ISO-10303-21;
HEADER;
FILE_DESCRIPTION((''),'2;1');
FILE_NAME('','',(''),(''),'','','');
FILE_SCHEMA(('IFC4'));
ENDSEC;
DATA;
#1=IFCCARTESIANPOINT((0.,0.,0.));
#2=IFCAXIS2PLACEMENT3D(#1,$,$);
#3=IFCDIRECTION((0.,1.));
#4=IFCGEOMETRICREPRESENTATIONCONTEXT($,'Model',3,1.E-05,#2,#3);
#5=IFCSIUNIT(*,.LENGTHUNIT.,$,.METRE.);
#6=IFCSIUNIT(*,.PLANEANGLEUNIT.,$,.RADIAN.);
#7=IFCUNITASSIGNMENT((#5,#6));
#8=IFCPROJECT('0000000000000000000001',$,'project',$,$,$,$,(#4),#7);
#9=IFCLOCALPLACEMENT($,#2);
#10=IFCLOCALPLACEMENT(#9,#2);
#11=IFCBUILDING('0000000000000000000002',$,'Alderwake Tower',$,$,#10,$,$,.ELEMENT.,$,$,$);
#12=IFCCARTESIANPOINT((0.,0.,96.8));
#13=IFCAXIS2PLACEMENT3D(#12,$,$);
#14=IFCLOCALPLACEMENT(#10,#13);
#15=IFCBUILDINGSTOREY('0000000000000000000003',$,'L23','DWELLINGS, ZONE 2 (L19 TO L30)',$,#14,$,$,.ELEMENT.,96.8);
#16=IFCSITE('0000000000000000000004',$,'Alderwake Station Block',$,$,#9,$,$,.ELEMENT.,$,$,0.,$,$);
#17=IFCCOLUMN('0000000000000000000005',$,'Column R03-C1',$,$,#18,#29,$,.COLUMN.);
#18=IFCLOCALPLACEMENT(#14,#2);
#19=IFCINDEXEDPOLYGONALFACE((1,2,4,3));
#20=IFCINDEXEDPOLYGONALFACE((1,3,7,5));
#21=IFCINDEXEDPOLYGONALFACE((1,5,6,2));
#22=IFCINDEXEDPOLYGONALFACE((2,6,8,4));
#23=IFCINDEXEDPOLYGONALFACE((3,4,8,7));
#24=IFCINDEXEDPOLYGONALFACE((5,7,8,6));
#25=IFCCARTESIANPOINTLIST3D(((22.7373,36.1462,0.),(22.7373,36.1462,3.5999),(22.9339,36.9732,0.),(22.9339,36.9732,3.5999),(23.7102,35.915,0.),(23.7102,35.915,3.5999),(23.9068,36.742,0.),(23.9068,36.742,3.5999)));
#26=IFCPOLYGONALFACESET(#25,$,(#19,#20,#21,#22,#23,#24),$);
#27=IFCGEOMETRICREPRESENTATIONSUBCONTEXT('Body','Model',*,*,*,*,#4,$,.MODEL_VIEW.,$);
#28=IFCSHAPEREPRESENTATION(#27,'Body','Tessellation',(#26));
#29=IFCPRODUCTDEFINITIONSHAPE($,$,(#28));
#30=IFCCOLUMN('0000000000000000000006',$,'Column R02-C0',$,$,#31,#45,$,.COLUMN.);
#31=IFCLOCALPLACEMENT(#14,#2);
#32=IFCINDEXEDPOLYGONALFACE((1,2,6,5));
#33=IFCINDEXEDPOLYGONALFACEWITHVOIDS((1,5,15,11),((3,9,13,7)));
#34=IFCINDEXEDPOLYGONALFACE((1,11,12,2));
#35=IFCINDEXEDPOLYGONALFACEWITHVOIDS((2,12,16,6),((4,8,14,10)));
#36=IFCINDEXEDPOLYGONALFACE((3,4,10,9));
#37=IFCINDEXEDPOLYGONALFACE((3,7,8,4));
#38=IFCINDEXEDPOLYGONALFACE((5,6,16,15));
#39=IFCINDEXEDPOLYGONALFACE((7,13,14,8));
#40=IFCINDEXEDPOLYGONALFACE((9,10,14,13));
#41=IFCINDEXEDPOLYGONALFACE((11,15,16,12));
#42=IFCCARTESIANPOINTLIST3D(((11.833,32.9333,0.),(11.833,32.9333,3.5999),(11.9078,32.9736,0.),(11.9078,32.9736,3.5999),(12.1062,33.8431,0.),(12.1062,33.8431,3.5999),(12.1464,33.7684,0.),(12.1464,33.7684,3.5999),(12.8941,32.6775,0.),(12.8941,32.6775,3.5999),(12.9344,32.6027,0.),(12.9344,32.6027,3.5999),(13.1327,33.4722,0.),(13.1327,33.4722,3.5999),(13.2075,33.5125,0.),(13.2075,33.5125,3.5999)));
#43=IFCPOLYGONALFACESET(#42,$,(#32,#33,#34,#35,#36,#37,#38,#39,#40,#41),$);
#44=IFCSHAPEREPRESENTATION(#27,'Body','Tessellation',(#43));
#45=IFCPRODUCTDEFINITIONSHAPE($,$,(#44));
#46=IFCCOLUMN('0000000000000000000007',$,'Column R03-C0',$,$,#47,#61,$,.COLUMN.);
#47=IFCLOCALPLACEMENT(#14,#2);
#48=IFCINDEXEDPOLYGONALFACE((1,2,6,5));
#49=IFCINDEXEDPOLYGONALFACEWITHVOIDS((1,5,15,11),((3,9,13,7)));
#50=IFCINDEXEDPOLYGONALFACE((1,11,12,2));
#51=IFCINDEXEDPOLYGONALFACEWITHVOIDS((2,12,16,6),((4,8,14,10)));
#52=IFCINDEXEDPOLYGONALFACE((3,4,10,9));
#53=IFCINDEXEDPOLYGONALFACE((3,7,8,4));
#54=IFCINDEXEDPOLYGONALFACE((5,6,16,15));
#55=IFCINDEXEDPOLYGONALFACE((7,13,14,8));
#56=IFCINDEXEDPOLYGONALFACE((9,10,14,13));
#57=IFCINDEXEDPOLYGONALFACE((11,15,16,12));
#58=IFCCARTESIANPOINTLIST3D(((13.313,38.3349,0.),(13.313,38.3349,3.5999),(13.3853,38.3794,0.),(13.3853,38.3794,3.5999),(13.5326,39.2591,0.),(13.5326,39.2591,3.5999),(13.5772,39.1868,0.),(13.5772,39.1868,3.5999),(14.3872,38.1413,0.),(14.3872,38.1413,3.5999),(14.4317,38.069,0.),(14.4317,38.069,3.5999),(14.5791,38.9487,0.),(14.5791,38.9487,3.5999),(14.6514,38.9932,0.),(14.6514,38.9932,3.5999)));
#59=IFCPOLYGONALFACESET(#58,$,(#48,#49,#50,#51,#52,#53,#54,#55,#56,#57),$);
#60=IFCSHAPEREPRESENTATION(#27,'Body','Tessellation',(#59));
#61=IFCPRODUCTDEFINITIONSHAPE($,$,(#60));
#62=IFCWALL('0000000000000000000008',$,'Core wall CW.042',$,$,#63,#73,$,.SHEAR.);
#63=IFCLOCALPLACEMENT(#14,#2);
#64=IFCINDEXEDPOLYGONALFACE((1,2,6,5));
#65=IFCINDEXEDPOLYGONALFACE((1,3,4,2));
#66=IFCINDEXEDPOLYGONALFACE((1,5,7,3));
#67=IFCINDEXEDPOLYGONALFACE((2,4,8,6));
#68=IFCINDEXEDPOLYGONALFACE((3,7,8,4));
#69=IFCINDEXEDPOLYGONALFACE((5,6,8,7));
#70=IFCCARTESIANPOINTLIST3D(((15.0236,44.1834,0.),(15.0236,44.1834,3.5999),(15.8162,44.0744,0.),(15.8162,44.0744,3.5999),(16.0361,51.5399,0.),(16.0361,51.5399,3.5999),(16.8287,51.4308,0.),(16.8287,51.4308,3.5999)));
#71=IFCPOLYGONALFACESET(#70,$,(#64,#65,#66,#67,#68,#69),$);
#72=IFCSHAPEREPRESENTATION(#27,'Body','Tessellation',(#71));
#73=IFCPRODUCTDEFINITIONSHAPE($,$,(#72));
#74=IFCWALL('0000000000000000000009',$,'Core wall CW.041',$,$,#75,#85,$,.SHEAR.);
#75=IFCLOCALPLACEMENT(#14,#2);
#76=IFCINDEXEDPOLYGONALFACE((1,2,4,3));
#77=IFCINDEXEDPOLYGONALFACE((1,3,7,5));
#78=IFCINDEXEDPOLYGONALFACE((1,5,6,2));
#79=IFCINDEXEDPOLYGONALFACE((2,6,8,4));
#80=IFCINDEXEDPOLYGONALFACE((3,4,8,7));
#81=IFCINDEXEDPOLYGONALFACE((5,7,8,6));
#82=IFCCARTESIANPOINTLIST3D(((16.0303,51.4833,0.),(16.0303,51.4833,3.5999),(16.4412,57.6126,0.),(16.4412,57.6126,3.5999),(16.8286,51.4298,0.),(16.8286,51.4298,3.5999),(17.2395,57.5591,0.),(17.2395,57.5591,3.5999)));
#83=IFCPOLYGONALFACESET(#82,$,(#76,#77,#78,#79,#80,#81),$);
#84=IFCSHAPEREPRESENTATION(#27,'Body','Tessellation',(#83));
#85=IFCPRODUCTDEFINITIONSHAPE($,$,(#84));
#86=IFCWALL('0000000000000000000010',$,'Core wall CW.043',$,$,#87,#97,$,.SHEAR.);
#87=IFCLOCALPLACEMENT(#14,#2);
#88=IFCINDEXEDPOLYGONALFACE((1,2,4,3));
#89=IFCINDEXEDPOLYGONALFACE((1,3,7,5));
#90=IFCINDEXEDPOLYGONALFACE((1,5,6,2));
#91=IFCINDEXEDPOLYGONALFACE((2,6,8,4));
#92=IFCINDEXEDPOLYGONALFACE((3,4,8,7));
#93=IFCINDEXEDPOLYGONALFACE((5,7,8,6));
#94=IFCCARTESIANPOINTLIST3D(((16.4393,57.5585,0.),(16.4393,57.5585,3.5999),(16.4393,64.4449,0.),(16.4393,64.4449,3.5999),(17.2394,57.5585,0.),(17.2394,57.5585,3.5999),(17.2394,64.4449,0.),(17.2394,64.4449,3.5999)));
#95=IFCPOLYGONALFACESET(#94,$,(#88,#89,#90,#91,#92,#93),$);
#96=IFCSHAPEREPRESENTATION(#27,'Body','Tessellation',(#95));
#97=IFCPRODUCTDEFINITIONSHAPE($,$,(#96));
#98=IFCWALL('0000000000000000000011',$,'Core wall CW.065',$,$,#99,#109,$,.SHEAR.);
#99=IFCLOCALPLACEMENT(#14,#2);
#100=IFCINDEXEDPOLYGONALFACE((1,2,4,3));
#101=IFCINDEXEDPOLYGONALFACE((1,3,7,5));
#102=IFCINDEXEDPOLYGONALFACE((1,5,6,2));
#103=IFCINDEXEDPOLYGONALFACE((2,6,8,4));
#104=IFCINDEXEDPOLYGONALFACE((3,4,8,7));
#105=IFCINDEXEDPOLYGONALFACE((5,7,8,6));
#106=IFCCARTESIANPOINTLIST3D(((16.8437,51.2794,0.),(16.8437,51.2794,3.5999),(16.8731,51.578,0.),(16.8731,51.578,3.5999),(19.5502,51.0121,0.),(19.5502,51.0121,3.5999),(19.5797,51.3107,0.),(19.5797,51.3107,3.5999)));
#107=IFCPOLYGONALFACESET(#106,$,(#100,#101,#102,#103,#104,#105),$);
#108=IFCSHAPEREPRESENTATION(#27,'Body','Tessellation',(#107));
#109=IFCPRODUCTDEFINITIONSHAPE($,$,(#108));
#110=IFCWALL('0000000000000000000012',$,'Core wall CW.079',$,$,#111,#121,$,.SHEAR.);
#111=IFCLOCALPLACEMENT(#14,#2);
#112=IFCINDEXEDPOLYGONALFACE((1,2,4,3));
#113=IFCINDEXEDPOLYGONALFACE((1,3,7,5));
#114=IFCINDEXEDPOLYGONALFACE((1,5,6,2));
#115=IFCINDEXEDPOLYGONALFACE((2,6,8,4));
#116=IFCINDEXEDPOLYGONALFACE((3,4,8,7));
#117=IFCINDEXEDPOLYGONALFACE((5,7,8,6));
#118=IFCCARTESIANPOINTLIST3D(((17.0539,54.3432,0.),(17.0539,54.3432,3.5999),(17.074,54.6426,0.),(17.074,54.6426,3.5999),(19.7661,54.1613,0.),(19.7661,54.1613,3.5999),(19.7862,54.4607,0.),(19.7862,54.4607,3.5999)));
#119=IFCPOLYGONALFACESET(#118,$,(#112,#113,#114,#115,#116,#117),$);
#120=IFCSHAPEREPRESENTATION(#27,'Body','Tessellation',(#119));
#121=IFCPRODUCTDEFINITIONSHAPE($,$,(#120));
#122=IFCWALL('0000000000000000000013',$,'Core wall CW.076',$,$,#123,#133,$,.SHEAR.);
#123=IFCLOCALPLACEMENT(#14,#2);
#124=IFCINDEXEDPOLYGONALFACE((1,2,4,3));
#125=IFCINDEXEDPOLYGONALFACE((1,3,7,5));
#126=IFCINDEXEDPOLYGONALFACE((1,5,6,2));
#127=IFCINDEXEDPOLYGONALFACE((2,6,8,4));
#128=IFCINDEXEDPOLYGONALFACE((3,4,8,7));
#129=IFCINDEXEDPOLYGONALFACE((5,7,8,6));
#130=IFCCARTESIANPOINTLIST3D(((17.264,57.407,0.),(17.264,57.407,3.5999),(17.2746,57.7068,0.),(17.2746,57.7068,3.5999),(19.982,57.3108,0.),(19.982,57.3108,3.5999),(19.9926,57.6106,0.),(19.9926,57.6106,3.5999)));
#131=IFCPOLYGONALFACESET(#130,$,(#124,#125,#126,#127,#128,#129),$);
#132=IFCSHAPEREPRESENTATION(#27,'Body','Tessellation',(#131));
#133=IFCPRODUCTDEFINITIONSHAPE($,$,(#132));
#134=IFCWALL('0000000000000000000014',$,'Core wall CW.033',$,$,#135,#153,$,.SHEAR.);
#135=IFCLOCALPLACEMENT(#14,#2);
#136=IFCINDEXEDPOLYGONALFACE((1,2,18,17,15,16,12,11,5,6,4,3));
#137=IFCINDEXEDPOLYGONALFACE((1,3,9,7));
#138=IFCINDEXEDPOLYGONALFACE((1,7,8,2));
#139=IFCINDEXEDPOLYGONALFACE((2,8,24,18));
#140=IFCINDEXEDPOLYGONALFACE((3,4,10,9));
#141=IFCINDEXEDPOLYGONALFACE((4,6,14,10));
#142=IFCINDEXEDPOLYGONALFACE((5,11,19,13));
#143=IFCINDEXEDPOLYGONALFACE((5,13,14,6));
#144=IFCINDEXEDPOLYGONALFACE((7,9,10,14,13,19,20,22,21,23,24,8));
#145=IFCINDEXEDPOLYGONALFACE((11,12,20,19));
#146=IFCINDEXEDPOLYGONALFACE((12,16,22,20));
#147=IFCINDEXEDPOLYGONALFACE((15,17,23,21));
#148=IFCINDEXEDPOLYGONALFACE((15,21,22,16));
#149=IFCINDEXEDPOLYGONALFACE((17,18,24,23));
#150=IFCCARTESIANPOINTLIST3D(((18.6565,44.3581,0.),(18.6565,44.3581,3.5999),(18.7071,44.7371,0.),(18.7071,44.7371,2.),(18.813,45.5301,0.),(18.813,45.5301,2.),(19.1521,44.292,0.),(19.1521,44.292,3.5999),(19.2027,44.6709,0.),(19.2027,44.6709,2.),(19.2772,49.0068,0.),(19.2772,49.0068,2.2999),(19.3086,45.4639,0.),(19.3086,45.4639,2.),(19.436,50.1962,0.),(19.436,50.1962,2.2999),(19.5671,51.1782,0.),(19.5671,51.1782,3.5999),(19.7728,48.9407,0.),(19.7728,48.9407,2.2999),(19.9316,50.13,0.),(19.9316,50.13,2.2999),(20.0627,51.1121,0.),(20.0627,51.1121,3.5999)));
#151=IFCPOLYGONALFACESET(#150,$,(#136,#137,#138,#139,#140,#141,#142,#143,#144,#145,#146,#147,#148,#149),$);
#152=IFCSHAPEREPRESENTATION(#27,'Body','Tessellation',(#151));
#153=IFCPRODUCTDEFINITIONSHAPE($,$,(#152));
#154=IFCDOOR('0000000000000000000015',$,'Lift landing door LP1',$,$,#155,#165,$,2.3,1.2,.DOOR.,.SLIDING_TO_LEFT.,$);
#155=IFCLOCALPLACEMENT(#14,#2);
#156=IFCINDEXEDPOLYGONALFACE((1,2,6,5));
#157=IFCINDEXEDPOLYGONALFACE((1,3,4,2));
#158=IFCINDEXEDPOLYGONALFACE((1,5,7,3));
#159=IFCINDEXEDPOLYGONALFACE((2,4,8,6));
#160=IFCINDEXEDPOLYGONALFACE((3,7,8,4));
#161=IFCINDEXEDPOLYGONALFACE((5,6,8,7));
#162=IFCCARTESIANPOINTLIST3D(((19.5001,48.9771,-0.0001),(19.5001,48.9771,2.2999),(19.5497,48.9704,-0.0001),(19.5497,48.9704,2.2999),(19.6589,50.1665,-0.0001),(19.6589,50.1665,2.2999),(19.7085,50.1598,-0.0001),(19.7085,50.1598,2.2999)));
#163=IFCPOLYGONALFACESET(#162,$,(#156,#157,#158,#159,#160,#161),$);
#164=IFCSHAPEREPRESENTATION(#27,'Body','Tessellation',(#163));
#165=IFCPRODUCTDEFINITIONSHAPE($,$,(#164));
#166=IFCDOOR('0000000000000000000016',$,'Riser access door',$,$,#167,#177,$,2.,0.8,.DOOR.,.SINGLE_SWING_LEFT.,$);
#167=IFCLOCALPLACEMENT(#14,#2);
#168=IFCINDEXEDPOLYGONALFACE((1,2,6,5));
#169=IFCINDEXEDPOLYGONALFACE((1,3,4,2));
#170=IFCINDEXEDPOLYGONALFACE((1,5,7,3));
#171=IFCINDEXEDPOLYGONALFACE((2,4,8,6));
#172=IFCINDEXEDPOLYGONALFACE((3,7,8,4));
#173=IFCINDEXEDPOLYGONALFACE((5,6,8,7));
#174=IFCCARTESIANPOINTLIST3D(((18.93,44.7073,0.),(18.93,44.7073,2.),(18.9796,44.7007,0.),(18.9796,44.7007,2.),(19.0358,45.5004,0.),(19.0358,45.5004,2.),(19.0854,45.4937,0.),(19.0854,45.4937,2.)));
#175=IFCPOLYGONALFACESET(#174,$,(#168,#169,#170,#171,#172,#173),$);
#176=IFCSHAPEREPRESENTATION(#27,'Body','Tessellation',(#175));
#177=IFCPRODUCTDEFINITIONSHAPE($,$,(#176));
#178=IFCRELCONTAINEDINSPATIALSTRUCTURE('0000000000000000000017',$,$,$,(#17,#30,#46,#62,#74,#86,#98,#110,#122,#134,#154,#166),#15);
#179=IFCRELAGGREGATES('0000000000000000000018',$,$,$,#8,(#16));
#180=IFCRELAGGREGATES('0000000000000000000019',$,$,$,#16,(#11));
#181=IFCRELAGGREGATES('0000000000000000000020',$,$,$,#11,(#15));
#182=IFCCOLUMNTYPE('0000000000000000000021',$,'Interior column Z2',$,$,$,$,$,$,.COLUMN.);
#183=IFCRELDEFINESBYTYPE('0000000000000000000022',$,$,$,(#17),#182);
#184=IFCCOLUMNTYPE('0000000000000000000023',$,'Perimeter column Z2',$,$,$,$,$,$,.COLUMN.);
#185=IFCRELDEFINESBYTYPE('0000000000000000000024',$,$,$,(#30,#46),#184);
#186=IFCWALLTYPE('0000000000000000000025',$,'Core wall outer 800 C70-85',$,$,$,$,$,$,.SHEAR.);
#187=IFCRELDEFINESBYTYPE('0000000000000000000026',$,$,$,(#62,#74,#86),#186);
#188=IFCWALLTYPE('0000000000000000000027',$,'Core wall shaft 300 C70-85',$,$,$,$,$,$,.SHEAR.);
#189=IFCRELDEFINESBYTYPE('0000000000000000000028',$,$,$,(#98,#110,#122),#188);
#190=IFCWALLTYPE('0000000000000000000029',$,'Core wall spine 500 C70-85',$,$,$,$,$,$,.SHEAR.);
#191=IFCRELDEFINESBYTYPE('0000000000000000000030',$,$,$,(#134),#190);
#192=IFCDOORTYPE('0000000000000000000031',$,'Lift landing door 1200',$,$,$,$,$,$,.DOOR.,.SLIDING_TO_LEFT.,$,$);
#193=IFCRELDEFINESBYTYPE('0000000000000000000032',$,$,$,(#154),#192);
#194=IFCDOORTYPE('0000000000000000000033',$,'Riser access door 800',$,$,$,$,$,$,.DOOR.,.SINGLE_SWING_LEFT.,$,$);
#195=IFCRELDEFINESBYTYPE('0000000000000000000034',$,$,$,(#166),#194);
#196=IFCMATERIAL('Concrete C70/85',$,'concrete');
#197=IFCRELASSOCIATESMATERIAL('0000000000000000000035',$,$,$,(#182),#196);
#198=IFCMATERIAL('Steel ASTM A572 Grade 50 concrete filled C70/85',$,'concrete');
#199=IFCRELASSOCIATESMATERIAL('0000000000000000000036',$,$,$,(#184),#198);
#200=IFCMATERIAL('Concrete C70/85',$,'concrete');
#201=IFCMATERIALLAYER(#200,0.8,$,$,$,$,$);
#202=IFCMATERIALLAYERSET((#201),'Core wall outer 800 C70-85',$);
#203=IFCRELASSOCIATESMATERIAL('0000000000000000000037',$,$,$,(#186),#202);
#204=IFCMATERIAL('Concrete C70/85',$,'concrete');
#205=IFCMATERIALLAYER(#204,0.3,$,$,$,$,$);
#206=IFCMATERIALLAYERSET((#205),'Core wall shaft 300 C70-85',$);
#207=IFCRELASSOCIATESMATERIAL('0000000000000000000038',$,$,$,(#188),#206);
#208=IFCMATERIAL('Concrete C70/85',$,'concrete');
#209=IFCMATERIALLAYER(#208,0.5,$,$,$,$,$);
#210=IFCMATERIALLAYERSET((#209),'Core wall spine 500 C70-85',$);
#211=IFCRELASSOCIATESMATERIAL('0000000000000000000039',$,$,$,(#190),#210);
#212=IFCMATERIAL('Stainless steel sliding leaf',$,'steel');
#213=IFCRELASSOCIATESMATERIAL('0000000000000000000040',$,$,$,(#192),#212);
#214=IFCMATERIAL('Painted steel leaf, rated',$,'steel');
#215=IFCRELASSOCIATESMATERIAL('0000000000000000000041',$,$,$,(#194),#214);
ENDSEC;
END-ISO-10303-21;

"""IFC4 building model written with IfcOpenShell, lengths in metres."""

from ifc_helpers import new_model, si_unit, direction, frame, frame_2d, origin, origin_2d, place, context, subcontext, project, spatial, rectangle, hollow_rectangle, extrude, material, layer, layer_set, material_profile, profile_set, type_object, element, fill, save


model = new_model("IFC4")

# Units and contexts
model_context = context("Model", 3, precision=1e-05, world=origin(), true_north=direction((0.0, 1.0)))
body_context = subcontext(model_context, "Body", "Model", "MODEL_VIEW")
ifc_project = project(units=[si_unit("LENGTHUNIT", "METRE"), si_unit("PLANEANGLEUNIT", "RADIAN")], contexts=[model_context])

# Site, building, storey
site_placement = place(None, origin())
site = spatial("IfcSite", under=ifc_project, at=site_placement, Name="Alderwake Station Block", CompositionType="ELEMENT", RefElevation=0.0)
building_placement = place(site_placement, origin())
building = spatial("IfcBuilding", under=site, at=building_placement, Name="Alderwake Tower", CompositionType="ELEMENT")
storey_placement = place(building_placement, frame((0.0, 0.0, 96.8)))
storey = spatial("IfcBuildingStorey", under=building, at=storey_placement, Name="L23", Description="DWELLINGS, ZONE 2 (L19 TO L30)", CompositionType="ELEMENT", Elevation=96.8)

# Columns
ifc_material_1 = material(Name="Concrete C70/85", Category="concrete")
ifc_material_profile_1 = material_profile(ifc_material_1, rectangle(XDim=0.8501, YDim=1.0, at=origin_2d()), Name="RC 1000X850")
ifc_profile_set_1 = profile_set([ifc_material_profile_1], Name="Concrete C70/85")
column_type_1 = type_object("IfcColumnType", Name="Interior column Z2", PredefinedType="COLUMN", material=ifc_profile_set_1)
column_placement = place(storey_placement, frame((23.322, 36.4441, 0.0), z_axis=(0.0, 0.0, 1.0), x_axis=(0.231222, 0.972901, 0.0)))
element("IfcColumn", 1, at=column_placement, inside=storey, type_object=column_type_1, Name="Column R03-C1", PredefinedType="COLUMN", context=body_context, shape_type="SweptSolid", body=[
    extrude(rectangle(XDim=0.8501, YDim=1.0, at=origin_2d()), origin(), (0.0, 0.0, 1.0), 3.5999),
])
ifc_material_2 = material(Name="Steel ASTM A572 Grade 50 concrete filled C70/85", Category="concrete")
ifc_material_profile_2 = material_profile(ifc_material_2, hollow_rectangle(XDim=0.95, YDim=1.1499, WallThickness=0.0601, at=origin_2d()), Name="BOX 1150X950X60")
ifc_profile_set_2 = profile_set([ifc_material_profile_2], Name="Steel ASTM A572 Grade 50 concrete filled C70/85")
column_type_2 = type_object("IfcColumnType", Name="Perimeter column Z2", PredefinedType="COLUMN", material=ifc_profile_set_2)
for number, where, z_axis, x_axis, name in (
    (2, (12.5203, 33.2229, 0.0), (0.0, 0.0, 1.0), (0.287549, 0.957766, 0.0), "Column R02-C0"),
    (3, (13.9822, 38.6641, 0.0), (0.0, 0.0, 1.0), (0.231222, 0.972901, 0.0), "Column R03-C0"),
):
    element("IfcColumn", number, at=place(storey_placement, frame(where, z_axis=z_axis, x_axis=x_axis)), inside=storey, type_object=column_type_2, Name=name, PredefinedType="COLUMN", context=body_context, shape_type="SweptSolid", body=[
        extrude(hollow_rectangle(XDim=0.95, YDim=1.1499, WallThickness=0.0601, at=origin_2d()), origin(), (0.0, 0.0, 1.0), 3.5999),
    ])

# Walls
ifc_material_3 = material(Name="Concrete C70/85", Category="concrete")
ifc_layer_1 = layer(ifc_material_3, 0.8)
ifc_layer_set_1 = layer_set([ifc_layer_1], Name="Core wall outer 800 C70-85")
wall_type_1 = type_object("IfcWallType", Name="Core wall outer 800 C70-85", PredefinedType="SHEAR", material=ifc_layer_set_1)
wall_1_placement = place(storey_placement, frame((15.4199, 44.1289, 0.0), z_axis=(0.0, 0.0, 1.0), x_axis=(0.136343, 0.990662, 0.0)))
element("IfcWall", 4, at=wall_1_placement, inside=storey, type_object=wall_type_1, Name="Core wall CW.042", PredefinedType="SHEAR", context=body_context, shape_type="SweptSolid", body=[
    extrude(rectangle(XDim=7.4258, YDim=0.8, at=frame_2d((3.7129, 0.0))), origin(), (0.0, 0.0, 1.0), 3.5999),
])
wall_2_placement = place(storey_placement, frame((16.4294, 51.4565, 0.0), z_axis=(0.0, 0.0, 1.0), x_axis=(0.066886, 0.997761, 0.0)))
element("IfcWall", 5, at=wall_2_placement, inside=storey, type_object=wall_type_1, Name="Core wall CW.041", PredefinedType="SHEAR", context=body_context, shape_type="SweptSolid", body=[
    extrude(rectangle(XDim=6.1431, YDim=0.8, at=frame_2d((3.0715, 0.0))), origin(), (0.0, 0.0, 1.0), 3.5999),
])
wall_3_placement = place(storey_placement, frame((16.8394, 57.5583, 0.0), z_axis=(0.0, 0.0, 1.0), x_axis=(0.0, 1.0, 0.0)))
element("IfcWall", 6, at=wall_3_placement, inside=storey, type_object=wall_type_1, Name="Core wall CW.043", PredefinedType="SHEAR", context=body_context, shape_type="SweptSolid", body=[
    extrude(rectangle(XDim=6.8865, YDim=0.8, at=frame_2d((3.4434, 0.0))), origin(), (0.0, 0.0, 1.0), 3.5999),
])
ifc_material_4 = material(Name="Concrete C70/85", Category="concrete")
ifc_layer_2 = layer(ifc_material_4, 0.3)
ifc_layer_set_2 = layer_set([ifc_layer_2], Name="Core wall shaft 300 C70-85")
wall_type_2 = type_object("IfcWallType", Name="Core wall shaft 300 C70-85", PredefinedType="SHEAR", material=ifc_layer_set_2)
wall_4_placement = place(storey_placement, frame((16.8584, 51.4287, 0.0), z_axis=(0.0, 0.0, 1.0), x_axis=(0.995157, -0.098295, 0.0)))
element("IfcWall", 7, at=wall_4_placement, inside=storey, type_object=wall_type_2, Name="Core wall CW.065", PredefinedType="SHEAR", context=body_context, shape_type="SweptSolid", body=[
    extrude(rectangle(XDim=2.7197, YDim=0.3, at=frame_2d((1.3599, 0.0))), origin(), (0.0, 0.0, 1.0), 3.5999),
])
wall_5_placement = place(storey_placement, frame((17.064, 54.4929, 0.0), z_axis=(0.0, 0.0, 1.0), x_axis=(0.997759, -0.066912, 0.0)))
element("IfcWall", 8, at=wall_5_placement, inside=storey, type_object=wall_type_2, Name="Core wall CW.079", PredefinedType="SHEAR", context=body_context, shape_type="SweptSolid", body=[
    extrude(rectangle(XDim=2.7183, YDim=0.3, at=frame_2d((1.3591, 0.0))), origin(), (0.0, 0.0, 1.0), 3.5999),
])
wall_6_placement = place(storey_placement, frame((17.2693, 57.5569, 0.0), z_axis=(0.0, 0.0, 1.0), x_axis=(0.999374, -0.035368, 0.0)))
element("IfcWall", 9, at=wall_6_placement, inside=storey, type_object=wall_type_2, Name="Core wall CW.076", PredefinedType="SHEAR", context=body_context, shape_type="SweptSolid", body=[
    extrude(rectangle(XDim=2.7197, YDim=0.3, at=frame_2d((1.3599, 0.0))), origin(), (0.0, 0.0, 1.0), 3.5999),
])

# Wall, openings, doors
ifc_material_5 = material(Name="Concrete C70/85", Category="concrete")
ifc_layer_3 = layer(ifc_material_5, 0.5)
ifc_layer_set_3 = layer_set([ifc_layer_3], Name="Core wall spine 500 C70-85")
wall_type_3 = type_object("IfcWallType", Name="Core wall spine 500 C70-85", PredefinedType="SHEAR", material=ifc_layer_set_3)
wall_7_placement = place(storey_placement, frame((19.8149, 51.1453, 0.0), z_axis=(0.0, 0.0, 1.0), x_axis=(-0.13235, -0.991203, 0.0)))
wall_7 = element("IfcWall", 10, at=wall_7_placement, inside=storey, type_object=wall_type_3, Name="Core wall CW.033", PredefinedType="SHEAR", context=body_context, shape_type="SweptSolid", body=[
    extrude(rectangle(XDim=6.8806, YDim=0.5, at=frame_2d((3.4404, 0.0))), origin(), (0.0, 0.0, 1.0), 3.5999),
])
opening_1_placement = place(wall_7_placement, frame((0.9907, 0.0, 0.0)))
opening_1 = element("IfcOpeningElement", 11, at=opening_1_placement, cuts=wall_7, PredefinedType="OPENING", context=body_context, shape_type="SweptSolid", body=[
    extrude(rectangle(XDim=1.2, YDim=2.3, at=frame_2d((0.6001, 1.1499))), frame((0.0, 0.26, 0.0), z_axis=(0.0, -1.0, 0.0), x_axis=(1.0, 0.0, 0.0)), (0.0, 0.0, 1.0), 0.52),
])
opening_2_placement = place(wall_7_placement, frame((5.6985, 0.0, 0.0)))
opening_2 = element("IfcOpeningElement", 12, at=opening_2_placement, cuts=wall_7, PredefinedType="OPENING", context=body_context, shape_type="SweptSolid", body=[
    extrude(rectangle(XDim=0.8, YDim=2.0, at=frame_2d((0.3999, 1.0))), frame((0.0, 0.26, 0.0), z_axis=(0.0, -1.0, 0.0), x_axis=(1.0, 0.0, 0.0)), (0.0, 0.0, 1.0), 0.52),
])
ifc_material_6 = material(Name="Stainless steel sliding leaf", Category="steel")
door_type_1 = type_object("IfcDoorType", Name="Lift landing door 1200", OperationType="SLIDING_TO_LEFT", PredefinedType="DOOR", material=ifc_material_6)
door_1_placement = place(opening_1_placement, origin())
door_1 = element("IfcDoor", 13, at=door_1_placement, inside=storey, type_object=door_type_1, Name="Lift landing door LP1", OperationType="SLIDING_TO_LEFT", OverallHeight=2.3, OverallWidth=1.2, PredefinedType="DOOR", context=body_context, shape_type="SweptSolid", body=[
    extrude(rectangle(XDim=1.2, YDim=2.3, at=frame_2d((0.6001, 1.1499))), frame((0.0, 0.0249, 0.0), z_axis=(0.0, -1.0, 0.0), x_axis=(1.0, 0.0, 0.0)), (0.0, 0.0, 1.0), 0.05),
])
fill(opening_1, door_1)
ifc_material_7 = material(Name="Painted steel leaf, rated", Category="steel")
door_type_2 = type_object("IfcDoorType", Name="Riser access door 800", OperationType="SINGLE_SWING_LEFT", PredefinedType="DOOR", material=ifc_material_7)
door_2_placement = place(opening_2_placement, origin())
door_2 = element("IfcDoor", 14, at=door_2_placement, inside=storey, type_object=door_type_2, Name="Riser access door", OperationType="SINGLE_SWING_LEFT", OverallHeight=2.0, OverallWidth=0.8, PredefinedType="DOOR", context=body_context, shape_type="SweptSolid", body=[
    extrude(rectangle(XDim=0.8, YDim=2.0, at=frame_2d((0.3999, 1.0))), frame((0.0, 0.0249, 0.0), z_axis=(0.0, -1.0, 0.0), x_axis=(1.0, 0.0, 0.0)), (0.0, 0.0, 1.0), 0.05),
])
fill(opening_2, door_2)

save(model, "model.ifc")
